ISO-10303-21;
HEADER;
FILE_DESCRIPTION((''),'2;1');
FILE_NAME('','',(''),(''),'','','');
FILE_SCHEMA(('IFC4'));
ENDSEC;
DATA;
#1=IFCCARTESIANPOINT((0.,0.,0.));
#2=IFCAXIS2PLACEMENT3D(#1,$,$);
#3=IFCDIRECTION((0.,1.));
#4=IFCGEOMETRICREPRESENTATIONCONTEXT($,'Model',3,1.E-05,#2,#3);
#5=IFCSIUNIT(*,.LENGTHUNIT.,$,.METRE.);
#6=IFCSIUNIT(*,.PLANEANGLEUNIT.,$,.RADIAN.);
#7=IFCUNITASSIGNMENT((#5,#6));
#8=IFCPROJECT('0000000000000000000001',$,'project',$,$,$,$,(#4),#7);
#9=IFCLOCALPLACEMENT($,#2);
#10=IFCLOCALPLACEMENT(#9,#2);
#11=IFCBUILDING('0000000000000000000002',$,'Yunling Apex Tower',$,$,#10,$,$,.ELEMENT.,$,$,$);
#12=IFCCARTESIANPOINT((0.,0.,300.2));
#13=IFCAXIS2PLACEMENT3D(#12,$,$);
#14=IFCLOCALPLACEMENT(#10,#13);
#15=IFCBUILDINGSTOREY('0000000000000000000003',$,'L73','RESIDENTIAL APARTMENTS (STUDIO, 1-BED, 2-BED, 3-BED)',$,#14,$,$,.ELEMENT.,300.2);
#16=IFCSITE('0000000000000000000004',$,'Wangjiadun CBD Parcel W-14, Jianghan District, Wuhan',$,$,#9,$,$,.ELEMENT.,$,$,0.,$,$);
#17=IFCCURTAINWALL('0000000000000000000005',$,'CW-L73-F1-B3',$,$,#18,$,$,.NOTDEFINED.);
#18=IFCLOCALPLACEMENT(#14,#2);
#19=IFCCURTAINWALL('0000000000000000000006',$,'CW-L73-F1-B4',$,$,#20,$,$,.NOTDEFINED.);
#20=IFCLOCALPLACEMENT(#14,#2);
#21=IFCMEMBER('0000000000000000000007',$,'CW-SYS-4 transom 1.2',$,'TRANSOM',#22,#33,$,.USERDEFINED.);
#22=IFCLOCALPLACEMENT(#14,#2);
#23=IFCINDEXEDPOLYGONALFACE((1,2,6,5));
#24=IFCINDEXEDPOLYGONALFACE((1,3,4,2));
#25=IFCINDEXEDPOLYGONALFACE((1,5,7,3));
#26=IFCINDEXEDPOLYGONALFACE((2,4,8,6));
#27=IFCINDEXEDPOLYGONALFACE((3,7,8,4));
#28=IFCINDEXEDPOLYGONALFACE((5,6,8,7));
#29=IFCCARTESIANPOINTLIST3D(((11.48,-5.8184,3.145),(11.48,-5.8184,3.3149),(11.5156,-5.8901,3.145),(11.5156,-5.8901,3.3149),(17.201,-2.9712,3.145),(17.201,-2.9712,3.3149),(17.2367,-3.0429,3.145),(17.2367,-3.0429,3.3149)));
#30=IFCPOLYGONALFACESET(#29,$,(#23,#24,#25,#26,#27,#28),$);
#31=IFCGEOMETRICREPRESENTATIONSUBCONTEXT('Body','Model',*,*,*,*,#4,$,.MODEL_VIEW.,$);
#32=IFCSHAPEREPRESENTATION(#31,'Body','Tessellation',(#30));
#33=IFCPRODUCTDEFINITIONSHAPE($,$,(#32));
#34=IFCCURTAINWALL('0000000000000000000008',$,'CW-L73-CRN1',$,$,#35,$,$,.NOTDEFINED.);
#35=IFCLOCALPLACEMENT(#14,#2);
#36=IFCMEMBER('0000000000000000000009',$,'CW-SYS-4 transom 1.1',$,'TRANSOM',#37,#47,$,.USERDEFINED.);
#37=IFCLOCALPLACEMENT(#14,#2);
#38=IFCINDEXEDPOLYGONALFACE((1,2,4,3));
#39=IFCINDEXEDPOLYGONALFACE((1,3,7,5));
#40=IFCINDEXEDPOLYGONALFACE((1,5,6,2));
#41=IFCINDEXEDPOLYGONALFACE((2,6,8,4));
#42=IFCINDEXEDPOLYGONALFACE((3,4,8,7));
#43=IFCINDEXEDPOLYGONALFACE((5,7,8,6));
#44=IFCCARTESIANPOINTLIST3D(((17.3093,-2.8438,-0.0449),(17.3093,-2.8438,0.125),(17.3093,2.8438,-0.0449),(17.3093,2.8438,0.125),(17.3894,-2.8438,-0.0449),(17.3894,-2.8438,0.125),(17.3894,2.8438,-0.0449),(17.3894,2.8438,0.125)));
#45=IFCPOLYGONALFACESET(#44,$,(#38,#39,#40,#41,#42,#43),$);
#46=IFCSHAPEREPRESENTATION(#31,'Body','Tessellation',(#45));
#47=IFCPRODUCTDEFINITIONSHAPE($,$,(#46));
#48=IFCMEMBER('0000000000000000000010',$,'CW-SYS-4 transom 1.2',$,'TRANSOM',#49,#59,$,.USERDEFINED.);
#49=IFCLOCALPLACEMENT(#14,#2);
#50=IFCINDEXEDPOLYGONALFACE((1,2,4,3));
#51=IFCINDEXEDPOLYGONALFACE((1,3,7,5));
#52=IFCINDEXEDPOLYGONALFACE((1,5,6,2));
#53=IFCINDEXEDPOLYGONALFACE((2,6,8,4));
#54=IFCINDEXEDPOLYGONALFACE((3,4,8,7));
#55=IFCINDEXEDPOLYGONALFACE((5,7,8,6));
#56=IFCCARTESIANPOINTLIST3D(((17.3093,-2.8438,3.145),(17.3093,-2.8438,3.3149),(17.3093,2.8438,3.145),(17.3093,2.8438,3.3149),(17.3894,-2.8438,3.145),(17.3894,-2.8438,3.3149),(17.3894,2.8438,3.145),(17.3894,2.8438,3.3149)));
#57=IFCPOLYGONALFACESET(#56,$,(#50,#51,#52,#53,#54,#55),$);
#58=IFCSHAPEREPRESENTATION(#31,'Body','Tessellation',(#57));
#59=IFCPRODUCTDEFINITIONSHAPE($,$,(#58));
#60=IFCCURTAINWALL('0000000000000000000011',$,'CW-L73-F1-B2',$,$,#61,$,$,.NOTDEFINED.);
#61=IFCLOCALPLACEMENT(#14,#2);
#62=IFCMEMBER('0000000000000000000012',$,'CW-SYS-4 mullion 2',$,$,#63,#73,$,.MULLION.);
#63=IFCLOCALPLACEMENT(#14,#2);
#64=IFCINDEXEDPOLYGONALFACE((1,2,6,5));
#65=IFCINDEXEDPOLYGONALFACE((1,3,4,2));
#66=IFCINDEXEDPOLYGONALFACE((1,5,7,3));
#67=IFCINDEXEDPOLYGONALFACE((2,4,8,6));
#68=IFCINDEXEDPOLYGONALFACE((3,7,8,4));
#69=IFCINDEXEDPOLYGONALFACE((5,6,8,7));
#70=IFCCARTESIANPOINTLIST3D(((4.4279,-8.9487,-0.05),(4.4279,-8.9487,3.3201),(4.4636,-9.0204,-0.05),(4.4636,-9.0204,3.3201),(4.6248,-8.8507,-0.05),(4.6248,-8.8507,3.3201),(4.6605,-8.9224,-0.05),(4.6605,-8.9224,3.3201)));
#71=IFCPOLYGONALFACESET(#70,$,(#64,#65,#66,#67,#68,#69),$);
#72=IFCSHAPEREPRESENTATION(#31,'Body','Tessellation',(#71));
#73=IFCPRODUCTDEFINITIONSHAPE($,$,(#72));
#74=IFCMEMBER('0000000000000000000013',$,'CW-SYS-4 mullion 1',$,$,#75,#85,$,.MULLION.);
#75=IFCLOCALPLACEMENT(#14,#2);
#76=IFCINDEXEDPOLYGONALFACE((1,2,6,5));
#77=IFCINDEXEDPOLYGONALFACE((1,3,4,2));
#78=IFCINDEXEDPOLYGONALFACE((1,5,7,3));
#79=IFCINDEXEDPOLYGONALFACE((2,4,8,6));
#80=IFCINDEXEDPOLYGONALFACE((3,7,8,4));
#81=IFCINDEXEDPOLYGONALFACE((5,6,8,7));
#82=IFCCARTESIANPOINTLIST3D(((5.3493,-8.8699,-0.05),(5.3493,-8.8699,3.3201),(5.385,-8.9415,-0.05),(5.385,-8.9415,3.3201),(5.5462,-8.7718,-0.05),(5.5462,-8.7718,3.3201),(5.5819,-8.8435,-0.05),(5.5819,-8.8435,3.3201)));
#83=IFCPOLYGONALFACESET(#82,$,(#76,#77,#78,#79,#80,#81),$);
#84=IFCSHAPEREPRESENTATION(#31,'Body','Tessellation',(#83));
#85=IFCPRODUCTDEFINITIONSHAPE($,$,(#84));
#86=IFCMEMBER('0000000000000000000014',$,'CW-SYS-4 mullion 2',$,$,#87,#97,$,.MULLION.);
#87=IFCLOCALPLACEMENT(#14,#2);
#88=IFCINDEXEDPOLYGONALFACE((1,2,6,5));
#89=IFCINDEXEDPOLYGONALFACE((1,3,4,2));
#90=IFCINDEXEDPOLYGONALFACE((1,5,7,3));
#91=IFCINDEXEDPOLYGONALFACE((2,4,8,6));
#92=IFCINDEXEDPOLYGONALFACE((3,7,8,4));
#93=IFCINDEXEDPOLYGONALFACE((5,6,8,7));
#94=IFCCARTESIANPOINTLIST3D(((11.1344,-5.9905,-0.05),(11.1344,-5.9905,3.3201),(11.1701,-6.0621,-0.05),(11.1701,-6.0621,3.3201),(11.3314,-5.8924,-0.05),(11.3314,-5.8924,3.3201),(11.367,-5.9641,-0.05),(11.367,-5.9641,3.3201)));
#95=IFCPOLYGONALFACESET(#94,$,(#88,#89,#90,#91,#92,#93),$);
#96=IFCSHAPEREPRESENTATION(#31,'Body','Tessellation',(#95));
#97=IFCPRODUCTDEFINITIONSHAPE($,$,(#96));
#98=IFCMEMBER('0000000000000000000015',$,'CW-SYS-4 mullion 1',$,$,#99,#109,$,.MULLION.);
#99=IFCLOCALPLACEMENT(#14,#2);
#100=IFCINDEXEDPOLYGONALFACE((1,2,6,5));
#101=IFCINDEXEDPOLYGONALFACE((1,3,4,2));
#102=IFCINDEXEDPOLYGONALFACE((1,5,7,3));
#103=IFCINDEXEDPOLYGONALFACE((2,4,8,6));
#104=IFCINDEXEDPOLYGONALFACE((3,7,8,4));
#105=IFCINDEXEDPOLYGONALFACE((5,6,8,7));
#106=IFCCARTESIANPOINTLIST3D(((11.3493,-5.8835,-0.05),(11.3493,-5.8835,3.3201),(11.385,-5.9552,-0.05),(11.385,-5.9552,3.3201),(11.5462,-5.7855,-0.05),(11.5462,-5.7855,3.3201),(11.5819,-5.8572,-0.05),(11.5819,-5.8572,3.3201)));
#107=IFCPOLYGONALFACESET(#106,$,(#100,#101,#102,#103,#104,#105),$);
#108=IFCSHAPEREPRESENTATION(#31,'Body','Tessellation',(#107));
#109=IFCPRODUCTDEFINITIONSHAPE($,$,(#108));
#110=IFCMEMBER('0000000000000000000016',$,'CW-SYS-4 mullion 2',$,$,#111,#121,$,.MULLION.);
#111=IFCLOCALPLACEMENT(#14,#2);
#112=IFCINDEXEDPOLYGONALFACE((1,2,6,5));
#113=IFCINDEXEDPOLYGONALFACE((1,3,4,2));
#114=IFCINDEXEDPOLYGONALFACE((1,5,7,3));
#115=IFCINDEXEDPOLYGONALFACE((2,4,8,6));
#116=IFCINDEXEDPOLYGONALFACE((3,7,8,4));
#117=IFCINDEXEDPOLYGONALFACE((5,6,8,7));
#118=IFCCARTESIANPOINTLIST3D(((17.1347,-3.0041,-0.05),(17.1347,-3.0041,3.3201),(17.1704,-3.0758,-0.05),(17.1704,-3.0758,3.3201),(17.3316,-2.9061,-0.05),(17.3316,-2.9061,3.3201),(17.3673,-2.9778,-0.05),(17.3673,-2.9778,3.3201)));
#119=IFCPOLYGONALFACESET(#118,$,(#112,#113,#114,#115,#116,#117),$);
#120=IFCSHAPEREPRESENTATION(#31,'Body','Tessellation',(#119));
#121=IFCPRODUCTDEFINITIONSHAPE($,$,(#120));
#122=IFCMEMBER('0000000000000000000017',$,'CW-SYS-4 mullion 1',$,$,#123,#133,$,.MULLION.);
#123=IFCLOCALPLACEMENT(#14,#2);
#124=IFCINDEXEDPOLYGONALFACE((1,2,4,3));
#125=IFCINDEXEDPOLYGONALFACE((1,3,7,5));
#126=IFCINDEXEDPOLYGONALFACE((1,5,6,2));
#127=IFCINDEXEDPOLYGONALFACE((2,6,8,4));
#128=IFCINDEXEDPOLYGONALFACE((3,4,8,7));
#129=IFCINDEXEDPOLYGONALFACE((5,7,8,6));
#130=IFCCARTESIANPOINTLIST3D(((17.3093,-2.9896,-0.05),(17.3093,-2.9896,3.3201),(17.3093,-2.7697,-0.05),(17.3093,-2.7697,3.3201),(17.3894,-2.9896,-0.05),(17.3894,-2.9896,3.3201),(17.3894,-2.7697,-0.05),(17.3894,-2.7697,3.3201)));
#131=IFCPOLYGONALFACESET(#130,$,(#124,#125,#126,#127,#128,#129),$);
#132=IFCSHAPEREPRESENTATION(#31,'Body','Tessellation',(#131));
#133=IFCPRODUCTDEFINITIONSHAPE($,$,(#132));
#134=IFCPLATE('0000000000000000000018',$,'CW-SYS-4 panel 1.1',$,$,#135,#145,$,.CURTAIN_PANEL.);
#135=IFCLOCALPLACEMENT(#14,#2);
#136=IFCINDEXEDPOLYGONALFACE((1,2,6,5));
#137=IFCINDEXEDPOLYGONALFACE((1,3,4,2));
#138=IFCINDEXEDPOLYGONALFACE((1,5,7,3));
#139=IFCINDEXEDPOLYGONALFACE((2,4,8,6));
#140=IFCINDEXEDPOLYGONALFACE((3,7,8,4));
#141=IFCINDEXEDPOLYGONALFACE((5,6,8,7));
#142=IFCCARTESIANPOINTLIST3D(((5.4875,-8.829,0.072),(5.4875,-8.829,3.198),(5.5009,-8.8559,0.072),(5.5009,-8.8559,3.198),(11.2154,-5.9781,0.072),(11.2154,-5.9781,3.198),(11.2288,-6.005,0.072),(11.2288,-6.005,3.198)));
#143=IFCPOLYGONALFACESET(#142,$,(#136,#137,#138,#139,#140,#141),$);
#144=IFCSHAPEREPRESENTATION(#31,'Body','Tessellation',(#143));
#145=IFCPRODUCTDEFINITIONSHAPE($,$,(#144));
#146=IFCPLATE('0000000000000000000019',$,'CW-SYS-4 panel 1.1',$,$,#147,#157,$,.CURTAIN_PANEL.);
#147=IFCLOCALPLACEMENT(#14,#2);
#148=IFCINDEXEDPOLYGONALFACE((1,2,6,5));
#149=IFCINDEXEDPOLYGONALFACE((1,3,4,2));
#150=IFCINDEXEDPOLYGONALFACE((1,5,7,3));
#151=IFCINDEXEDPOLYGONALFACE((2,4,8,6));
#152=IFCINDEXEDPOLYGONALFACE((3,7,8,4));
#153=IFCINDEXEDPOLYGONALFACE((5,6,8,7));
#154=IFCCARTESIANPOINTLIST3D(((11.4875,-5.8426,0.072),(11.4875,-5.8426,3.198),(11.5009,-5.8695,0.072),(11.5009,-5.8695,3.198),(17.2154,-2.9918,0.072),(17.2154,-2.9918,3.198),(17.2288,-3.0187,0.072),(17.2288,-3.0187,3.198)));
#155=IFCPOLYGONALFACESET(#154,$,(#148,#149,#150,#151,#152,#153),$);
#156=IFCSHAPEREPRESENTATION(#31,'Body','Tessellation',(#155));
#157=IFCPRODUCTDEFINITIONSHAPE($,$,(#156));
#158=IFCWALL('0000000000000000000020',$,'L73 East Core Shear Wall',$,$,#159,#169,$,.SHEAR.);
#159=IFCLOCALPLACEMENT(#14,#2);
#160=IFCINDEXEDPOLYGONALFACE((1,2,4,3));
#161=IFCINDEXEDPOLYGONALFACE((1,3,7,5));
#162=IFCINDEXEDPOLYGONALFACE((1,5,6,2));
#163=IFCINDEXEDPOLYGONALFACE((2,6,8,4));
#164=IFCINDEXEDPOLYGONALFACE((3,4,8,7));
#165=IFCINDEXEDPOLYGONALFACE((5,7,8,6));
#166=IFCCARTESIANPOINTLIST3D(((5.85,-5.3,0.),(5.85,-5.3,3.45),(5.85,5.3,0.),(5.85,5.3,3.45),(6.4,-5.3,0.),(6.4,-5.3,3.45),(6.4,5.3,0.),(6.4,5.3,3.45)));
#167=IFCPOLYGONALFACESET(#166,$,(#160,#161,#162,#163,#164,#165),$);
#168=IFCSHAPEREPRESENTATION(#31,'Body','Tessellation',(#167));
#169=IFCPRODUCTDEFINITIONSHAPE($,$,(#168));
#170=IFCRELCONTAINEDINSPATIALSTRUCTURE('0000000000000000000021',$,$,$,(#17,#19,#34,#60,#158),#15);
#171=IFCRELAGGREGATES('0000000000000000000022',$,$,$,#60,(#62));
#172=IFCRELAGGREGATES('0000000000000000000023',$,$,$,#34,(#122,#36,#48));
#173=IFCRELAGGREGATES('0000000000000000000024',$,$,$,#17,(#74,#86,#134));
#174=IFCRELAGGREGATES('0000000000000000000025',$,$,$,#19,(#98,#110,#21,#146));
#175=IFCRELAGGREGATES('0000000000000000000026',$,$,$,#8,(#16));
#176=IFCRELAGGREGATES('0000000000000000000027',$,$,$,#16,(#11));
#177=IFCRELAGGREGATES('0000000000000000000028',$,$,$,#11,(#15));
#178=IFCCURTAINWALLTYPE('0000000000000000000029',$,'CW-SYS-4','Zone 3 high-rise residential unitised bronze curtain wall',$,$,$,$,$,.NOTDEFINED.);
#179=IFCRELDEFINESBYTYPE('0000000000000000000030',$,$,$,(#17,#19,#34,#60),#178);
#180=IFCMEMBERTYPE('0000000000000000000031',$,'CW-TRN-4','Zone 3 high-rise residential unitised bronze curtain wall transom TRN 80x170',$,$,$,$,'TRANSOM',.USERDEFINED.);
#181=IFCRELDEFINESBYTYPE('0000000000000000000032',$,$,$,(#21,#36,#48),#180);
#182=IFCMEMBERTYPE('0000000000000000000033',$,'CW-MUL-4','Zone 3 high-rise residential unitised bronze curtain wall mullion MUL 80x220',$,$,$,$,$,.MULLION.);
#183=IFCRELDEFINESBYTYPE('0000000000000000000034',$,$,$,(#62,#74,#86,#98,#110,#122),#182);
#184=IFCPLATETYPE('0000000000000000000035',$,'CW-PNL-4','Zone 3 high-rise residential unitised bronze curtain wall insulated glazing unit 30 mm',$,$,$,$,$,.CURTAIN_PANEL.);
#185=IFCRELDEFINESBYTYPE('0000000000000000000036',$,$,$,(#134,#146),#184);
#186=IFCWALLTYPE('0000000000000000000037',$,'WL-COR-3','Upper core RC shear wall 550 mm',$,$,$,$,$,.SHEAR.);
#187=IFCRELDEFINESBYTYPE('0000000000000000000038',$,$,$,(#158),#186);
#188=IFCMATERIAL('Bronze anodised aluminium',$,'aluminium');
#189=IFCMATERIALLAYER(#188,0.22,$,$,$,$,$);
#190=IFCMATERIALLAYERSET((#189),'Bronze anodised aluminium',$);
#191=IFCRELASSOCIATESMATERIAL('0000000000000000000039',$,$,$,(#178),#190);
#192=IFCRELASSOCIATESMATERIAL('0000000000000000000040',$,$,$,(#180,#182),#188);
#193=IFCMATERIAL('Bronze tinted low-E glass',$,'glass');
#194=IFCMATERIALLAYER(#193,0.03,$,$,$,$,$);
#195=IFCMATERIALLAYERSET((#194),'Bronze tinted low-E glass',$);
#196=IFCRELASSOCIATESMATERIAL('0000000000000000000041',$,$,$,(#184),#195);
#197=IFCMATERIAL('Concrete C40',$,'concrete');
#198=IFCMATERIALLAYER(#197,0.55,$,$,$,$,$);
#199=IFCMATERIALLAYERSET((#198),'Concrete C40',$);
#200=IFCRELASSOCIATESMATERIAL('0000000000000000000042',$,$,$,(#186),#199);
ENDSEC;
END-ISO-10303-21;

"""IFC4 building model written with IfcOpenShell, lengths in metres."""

from ifc_helpers import new_model, si_unit, direction, frame, frame_2d, origin, origin_2d, place, context, subcontext, project, spatial, rectangle, extrude, source, transform, mapped, material, layer, layer_set, material_profile, profile_set, type_object, element, aggregate, save


model = new_model("IFC4")

# Units and contexts
model_context = context("Model", 3, precision=1e-05, world=origin(), true_north=direction((0.0, 1.0)))
body_context = subcontext(model_context, "Body", "Model", "MODEL_VIEW")
ifc_project = project(units=[si_unit("LENGTHUNIT", "METRE"), si_unit("PLANEANGLEUNIT", "RADIAN")], contexts=[model_context])

# Site, building, storey
site_placement = place(None, origin())
site = spatial("IfcSite", under=ifc_project, at=site_placement, Name="Wangjiadun CBD Parcel W-14, Jianghan District, Wuhan", CompositionType="ELEMENT", RefElevation=0.0)
building_placement = place(site_placement, origin())
building = spatial("IfcBuilding", under=site, at=building_placement, Name="Yunling Apex Tower", CompositionType="ELEMENT")
storey_placement = place(building_placement, frame((0.0, 0.0, 300.2)))
storey = spatial("IfcBuildingStorey", under=building, at=storey_placement, Name="L73", Description="RESIDENTIAL APARTMENTS (STUDIO, 1-BED, 2-BED, 3-BED)", CompositionType="ELEMENT", Elevation=300.2)

# Curtain walls, members
ifc_material_1 = material(Name="Bronze anodised aluminium", Category="aluminium")
ifc_layer_1 = layer(ifc_material_1, 0.22)
ifc_layer_set_1 = layer_set([ifc_layer_1], Name="Bronze anodised aluminium")
curtain_wall_type = type_object("IfcCurtainWallType", Name="CW-SYS-4", Description="Zone 3 high-rise residential unitised bronze curtain wall", PredefinedType="NOTDEFINED", material=ifc_layer_set_1)
curtain_wall_1_placement = place(storey_placement, origin())
curtain_wall_1 = element("IfcCurtainWall", 1, at=curtain_wall_1_placement, inside=storey, type_object=curtain_wall_type, Name="CW-L73-F1-B3", PredefinedType="NOTDEFINED")
ifc_material_profile_1 = material_profile(ifc_material_1, rectangle(XDim=0.0801, YDim=0.1699, at=origin_2d()))
ifc_profile_set_1 = profile_set([ifc_material_profile_1], Name="Bronze anodised aluminium")
member_type_1 = type_object("IfcMemberType", Name="CW-TRN-4", Description="Zone 3 high-rise residential unitised bronze curtain wall transom TRN 80x170", ElementType="TRANSOM", PredefinedType="USERDEFINED", material=ifc_profile_set_1)
curtain_wall_2_placement = place(storey_placement, origin())
curtain_wall_2 = element("IfcCurtainWall", 2, at=curtain_wall_2_placement, inside=storey, type_object=curtain_wall_type, Name="CW-L73-F1-B4", PredefinedType="NOTDEFINED")
shared_shape_1 = source(origin(), body_context, "Body", "SweptSolid", [
    extrude(rectangle(XDim=0.0801, YDim=0.1699, at=origin_2d()), origin(), (0.0, 0.0, 1.0), 6.3904),
])
member_1_placement = place(storey_placement, frame((11.4978, -5.8542, 3.23), z_axis=(0.895259, 0.445547, 0.0), x_axis=(-0.445547, 0.895259, 0.0)))
member_1 = element("IfcMember", 3, at=member_1_placement, type_object=member_type_1, Name="CW-SYS-4 transom 1.2", ObjectType="TRANSOM", PredefinedType="USERDEFINED", context=body_context, shape_type="MappedRepresentation", body=[
    mapped(shared_shape_1, transform((0.0, 0.0, 0.0), scale=1.0)),
])
curtain_wall_3_placement = place(storey_placement, origin())
curtain_wall_3 = element("IfcCurtainWall", 4, at=curtain_wall_3_placement, inside=storey, type_object=curtain_wall_type, Name="CW-L73-CRN1", PredefinedType="NOTDEFINED")
shared_shape_2 = source(origin(), body_context, "Body", "SweptSolid", [
    extrude(rectangle(XDim=0.0801, YDim=0.1699, at=origin_2d()), origin(), (0.0, 0.0, 1.0), 5.6875),
])
member_2_placement = place(storey_placement, frame((17.3494, -2.8438, 0.04), z_axis=(0.0, 1.0, 0.0), x_axis=(-1.0, 0.0, 0.0)))
member_2 = element("IfcMember", 5, at=member_2_placement, type_object=member_type_1, Name="CW-SYS-4 transom 1.1", ObjectType="TRANSOM", PredefinedType="USERDEFINED", context=body_context, shape_type="MappedRepresentation", body=[
    mapped(shared_shape_2, transform((0.0, 0.0, 0.0), scale=1.0)),
])
member_3_placement = place(storey_placement, frame((17.3494, -2.8438, 3.23), z_axis=(0.0, 1.0, 0.0), x_axis=(-1.0, 0.0, 0.0)))
member_3 = element("IfcMember", 6, at=member_3_placement, type_object=member_type_1, Name="CW-SYS-4 transom 1.2", ObjectType="TRANSOM", PredefinedType="USERDEFINED", context=body_context, shape_type="MappedRepresentation", body=[
    mapped(shared_shape_2, transform((0.0, 0.0, 0.0), scale=1.0)),
])

# Curtain wall, member
curtain_wall_4_placement = place(storey_placement, origin())
curtain_wall_4 = element("IfcCurtainWall", 7, at=curtain_wall_4_placement, inside=storey, type_object=curtain_wall_type, Name="CW-L73-F1-B2", PredefinedType="NOTDEFINED")
ifc_material_profile_2 = material_profile(ifc_material_1, rectangle(XDim=0.0801, YDim=0.22, at=origin_2d()))
ifc_profile_set_2 = profile_set([ifc_material_profile_2], Name="Bronze anodised aluminium")
member_type_2 = type_object("IfcMemberType", Name="CW-MUL-4", Description="Zone 3 high-rise residential unitised bronze curtain wall mullion MUL 80x220", PredefinedType="MULLION", material=ifc_profile_set_2)
shared_shape_3 = source(origin(), body_context, "Body", "SweptSolid", [
    extrude(rectangle(XDim=0.0801, YDim=0.22, at=origin_2d()), origin(), (0.0, 0.0, 1.0), 3.3701),
])
member_4_placement = place(storey_placement, frame((4.5442, -8.9355, -0.05), z_axis=(0.0, 0.0, 1.0), x_axis=(-0.445561, 0.895252, 0.0)))
member_4 = element("IfcMember", 8, at=member_4_placement, type_object=member_type_2, Name="CW-SYS-4 mullion 2", PredefinedType="MULLION", context=body_context, shape_type="MappedRepresentation", body=[
    mapped(shared_shape_3, transform((0.0, 0.0, 0.0), scale=1.0)),
])
aggregate(curtain_wall_4, [member_4])

# Members
member_5_placement = place(storey_placement, frame((5.4656, -8.8567, -0.05), z_axis=(0.0, 0.0, 1.0), x_axis=(-0.44558, 0.895242, 0.0)))
member_5 = element("IfcMember", 9, at=member_5_placement, type_object=member_type_2, Name="CW-SYS-4 mullion 1", PredefinedType="MULLION", context=body_context, shape_type="MappedRepresentation", body=[
    mapped(shared_shape_3, transform((0.0, 0.0, 0.0), scale=1.0)),
])
member_6_placement = place(storey_placement, frame((11.2507, -5.9773, -0.05), z_axis=(0.0, 0.0, 1.0), x_axis=(-0.44558, 0.895242, 0.0)))
member_6 = element("IfcMember", 10, at=member_6_placement, type_object=member_type_2, Name="CW-SYS-4 mullion 2", PredefinedType="MULLION", context=body_context, shape_type="MappedRepresentation", body=[
    mapped(shared_shape_3, transform((0.0, 0.0, 0.0), scale=1.0)),
])
member_7_placement = place(storey_placement, frame((11.4656, -5.8704, -0.05), z_axis=(0.0, 0.0, 1.0), x_axis=(-0.445568, 0.895248, 0.0)))
member_7 = element("IfcMember", 11, at=member_7_placement, type_object=member_type_2, Name="CW-SYS-4 mullion 1", PredefinedType="MULLION", context=body_context, shape_type="MappedRepresentation", body=[
    mapped(shared_shape_3, transform((0.0, 0.0, 0.0), scale=1.0)),
])
member_8_placement = place(storey_placement, frame((17.251, -2.991, -0.05), z_axis=(0.0, 0.0, 1.0), x_axis=(-0.445568, 0.895248, 0.0)))
member_8 = element("IfcMember", 12, at=member_8_placement, type_object=member_type_2, Name="CW-SYS-4 mullion 2", PredefinedType="MULLION", context=body_context, shape_type="MappedRepresentation", body=[
    mapped(shared_shape_3, transform((0.0, 0.0, 0.0), scale=1.0)),
])
member_9_placement = place(storey_placement, frame((17.3494, -2.8796, -0.05), z_axis=(0.0, 0.0, 1.0), x_axis=(-1.0, 0.0, 0.0)))
member_9 = element("IfcMember", 13, at=member_9_placement, type_object=member_type_2, Name="CW-SYS-4 mullion 1", PredefinedType="MULLION", context=body_context, shape_type="MappedRepresentation", body=[
    mapped(shared_shape_3, transform((0.0, 0.0, 0.0), scale=1.0)),
])
aggregate(curtain_wall_3, [member_9, member_2, member_3])

# Plates
ifc_material_2 = material(Name="Bronze tinted low-E glass", Category="glass")
ifc_layer_2 = layer(ifc_material_2, 0.03)
ifc_layer_set_2 = layer_set([ifc_layer_2], Name="Bronze tinted low-E glass")
plate_type = type_object("IfcPlateType", Name="CW-PNL-4", Description="Zone 3 high-rise residential unitised bronze curtain wall insulated glazing unit 30 mm", PredefinedType="CURTAIN_PANEL", material=ifc_layer_set_2)
shared_shape_4 = source(origin(), body_context, "Body", "SweptSolid", [
    extrude(rectangle(XDim=6.3982, YDim=0.03, at=origin_2d()), origin(), (0.0, 0.0, 1.0), 3.126),
])
plate_1_placement = place(storey_placement, frame((8.3582, -7.417, 0.072), z_axis=(0.0, 0.0, 1.0), x_axis=(0.895242, 0.44558, 0.0)))
plate_1 = element("IfcPlate", 14, at=plate_1_placement, type_object=plate_type, Name="CW-SYS-4 panel 1.1", PredefinedType="CURTAIN_PANEL", context=body_context, shape_type="MappedRepresentation", body=[
    mapped(shared_shape_4, transform((0.0, 0.0, 0.0), scale=1.0)),
])
aggregate(curtain_wall_1, [member_5, member_6, plate_1])
plate_2_placement = place(storey_placement, frame((14.3582, -4.4307, 0.072), z_axis=(0.0, 0.0, 1.0), x_axis=(0.895248, 0.445568, 0.0)))
plate_2 = element("IfcPlate", 15, at=plate_2_placement, type_object=plate_type, Name="CW-SYS-4 panel 1.1", PredefinedType="CURTAIN_PANEL", context=body_context, shape_type="MappedRepresentation", body=[
    mapped(shared_shape_4, transform((0.0, 0.0, 0.0), scale=1.0)),
])
aggregate(curtain_wall_2, [member_7, member_8, member_1, plate_2])

# Wall
ifc_material_3 = material(Name="Concrete C40", Category="concrete")
ifc_layer_3 = layer(ifc_material_3, 0.55)
ifc_layer_set_3 = layer_set([ifc_layer_3], Name="Concrete C40")
wall_type_1 = type_object("IfcWallType", Name="WL-COR-3", Description="Upper core RC shear wall 550 mm", PredefinedType="SHEAR", material=ifc_layer_set_3)
wall_1_placement = place(storey_placement, frame((6.125, -5.3, 0.0), z_axis=(0.0, 0.0, 1.0), x_axis=(0.0, 1.0, 0.0)))
element("IfcWall", 16, at=wall_1_placement, inside=storey, type_object=wall_type_1, Name="L73 East Core Shear Wall", PredefinedType="SHEAR", context=body_context, shape_type="SweptSolid", body=[
    extrude(rectangle(XDim=10.6001, YDim=0.55, at=frame_2d((5.3, 0.0))), origin(), (0.0, 0.0, 1.0), 3.45),
])

save(model, "model.ifc")
